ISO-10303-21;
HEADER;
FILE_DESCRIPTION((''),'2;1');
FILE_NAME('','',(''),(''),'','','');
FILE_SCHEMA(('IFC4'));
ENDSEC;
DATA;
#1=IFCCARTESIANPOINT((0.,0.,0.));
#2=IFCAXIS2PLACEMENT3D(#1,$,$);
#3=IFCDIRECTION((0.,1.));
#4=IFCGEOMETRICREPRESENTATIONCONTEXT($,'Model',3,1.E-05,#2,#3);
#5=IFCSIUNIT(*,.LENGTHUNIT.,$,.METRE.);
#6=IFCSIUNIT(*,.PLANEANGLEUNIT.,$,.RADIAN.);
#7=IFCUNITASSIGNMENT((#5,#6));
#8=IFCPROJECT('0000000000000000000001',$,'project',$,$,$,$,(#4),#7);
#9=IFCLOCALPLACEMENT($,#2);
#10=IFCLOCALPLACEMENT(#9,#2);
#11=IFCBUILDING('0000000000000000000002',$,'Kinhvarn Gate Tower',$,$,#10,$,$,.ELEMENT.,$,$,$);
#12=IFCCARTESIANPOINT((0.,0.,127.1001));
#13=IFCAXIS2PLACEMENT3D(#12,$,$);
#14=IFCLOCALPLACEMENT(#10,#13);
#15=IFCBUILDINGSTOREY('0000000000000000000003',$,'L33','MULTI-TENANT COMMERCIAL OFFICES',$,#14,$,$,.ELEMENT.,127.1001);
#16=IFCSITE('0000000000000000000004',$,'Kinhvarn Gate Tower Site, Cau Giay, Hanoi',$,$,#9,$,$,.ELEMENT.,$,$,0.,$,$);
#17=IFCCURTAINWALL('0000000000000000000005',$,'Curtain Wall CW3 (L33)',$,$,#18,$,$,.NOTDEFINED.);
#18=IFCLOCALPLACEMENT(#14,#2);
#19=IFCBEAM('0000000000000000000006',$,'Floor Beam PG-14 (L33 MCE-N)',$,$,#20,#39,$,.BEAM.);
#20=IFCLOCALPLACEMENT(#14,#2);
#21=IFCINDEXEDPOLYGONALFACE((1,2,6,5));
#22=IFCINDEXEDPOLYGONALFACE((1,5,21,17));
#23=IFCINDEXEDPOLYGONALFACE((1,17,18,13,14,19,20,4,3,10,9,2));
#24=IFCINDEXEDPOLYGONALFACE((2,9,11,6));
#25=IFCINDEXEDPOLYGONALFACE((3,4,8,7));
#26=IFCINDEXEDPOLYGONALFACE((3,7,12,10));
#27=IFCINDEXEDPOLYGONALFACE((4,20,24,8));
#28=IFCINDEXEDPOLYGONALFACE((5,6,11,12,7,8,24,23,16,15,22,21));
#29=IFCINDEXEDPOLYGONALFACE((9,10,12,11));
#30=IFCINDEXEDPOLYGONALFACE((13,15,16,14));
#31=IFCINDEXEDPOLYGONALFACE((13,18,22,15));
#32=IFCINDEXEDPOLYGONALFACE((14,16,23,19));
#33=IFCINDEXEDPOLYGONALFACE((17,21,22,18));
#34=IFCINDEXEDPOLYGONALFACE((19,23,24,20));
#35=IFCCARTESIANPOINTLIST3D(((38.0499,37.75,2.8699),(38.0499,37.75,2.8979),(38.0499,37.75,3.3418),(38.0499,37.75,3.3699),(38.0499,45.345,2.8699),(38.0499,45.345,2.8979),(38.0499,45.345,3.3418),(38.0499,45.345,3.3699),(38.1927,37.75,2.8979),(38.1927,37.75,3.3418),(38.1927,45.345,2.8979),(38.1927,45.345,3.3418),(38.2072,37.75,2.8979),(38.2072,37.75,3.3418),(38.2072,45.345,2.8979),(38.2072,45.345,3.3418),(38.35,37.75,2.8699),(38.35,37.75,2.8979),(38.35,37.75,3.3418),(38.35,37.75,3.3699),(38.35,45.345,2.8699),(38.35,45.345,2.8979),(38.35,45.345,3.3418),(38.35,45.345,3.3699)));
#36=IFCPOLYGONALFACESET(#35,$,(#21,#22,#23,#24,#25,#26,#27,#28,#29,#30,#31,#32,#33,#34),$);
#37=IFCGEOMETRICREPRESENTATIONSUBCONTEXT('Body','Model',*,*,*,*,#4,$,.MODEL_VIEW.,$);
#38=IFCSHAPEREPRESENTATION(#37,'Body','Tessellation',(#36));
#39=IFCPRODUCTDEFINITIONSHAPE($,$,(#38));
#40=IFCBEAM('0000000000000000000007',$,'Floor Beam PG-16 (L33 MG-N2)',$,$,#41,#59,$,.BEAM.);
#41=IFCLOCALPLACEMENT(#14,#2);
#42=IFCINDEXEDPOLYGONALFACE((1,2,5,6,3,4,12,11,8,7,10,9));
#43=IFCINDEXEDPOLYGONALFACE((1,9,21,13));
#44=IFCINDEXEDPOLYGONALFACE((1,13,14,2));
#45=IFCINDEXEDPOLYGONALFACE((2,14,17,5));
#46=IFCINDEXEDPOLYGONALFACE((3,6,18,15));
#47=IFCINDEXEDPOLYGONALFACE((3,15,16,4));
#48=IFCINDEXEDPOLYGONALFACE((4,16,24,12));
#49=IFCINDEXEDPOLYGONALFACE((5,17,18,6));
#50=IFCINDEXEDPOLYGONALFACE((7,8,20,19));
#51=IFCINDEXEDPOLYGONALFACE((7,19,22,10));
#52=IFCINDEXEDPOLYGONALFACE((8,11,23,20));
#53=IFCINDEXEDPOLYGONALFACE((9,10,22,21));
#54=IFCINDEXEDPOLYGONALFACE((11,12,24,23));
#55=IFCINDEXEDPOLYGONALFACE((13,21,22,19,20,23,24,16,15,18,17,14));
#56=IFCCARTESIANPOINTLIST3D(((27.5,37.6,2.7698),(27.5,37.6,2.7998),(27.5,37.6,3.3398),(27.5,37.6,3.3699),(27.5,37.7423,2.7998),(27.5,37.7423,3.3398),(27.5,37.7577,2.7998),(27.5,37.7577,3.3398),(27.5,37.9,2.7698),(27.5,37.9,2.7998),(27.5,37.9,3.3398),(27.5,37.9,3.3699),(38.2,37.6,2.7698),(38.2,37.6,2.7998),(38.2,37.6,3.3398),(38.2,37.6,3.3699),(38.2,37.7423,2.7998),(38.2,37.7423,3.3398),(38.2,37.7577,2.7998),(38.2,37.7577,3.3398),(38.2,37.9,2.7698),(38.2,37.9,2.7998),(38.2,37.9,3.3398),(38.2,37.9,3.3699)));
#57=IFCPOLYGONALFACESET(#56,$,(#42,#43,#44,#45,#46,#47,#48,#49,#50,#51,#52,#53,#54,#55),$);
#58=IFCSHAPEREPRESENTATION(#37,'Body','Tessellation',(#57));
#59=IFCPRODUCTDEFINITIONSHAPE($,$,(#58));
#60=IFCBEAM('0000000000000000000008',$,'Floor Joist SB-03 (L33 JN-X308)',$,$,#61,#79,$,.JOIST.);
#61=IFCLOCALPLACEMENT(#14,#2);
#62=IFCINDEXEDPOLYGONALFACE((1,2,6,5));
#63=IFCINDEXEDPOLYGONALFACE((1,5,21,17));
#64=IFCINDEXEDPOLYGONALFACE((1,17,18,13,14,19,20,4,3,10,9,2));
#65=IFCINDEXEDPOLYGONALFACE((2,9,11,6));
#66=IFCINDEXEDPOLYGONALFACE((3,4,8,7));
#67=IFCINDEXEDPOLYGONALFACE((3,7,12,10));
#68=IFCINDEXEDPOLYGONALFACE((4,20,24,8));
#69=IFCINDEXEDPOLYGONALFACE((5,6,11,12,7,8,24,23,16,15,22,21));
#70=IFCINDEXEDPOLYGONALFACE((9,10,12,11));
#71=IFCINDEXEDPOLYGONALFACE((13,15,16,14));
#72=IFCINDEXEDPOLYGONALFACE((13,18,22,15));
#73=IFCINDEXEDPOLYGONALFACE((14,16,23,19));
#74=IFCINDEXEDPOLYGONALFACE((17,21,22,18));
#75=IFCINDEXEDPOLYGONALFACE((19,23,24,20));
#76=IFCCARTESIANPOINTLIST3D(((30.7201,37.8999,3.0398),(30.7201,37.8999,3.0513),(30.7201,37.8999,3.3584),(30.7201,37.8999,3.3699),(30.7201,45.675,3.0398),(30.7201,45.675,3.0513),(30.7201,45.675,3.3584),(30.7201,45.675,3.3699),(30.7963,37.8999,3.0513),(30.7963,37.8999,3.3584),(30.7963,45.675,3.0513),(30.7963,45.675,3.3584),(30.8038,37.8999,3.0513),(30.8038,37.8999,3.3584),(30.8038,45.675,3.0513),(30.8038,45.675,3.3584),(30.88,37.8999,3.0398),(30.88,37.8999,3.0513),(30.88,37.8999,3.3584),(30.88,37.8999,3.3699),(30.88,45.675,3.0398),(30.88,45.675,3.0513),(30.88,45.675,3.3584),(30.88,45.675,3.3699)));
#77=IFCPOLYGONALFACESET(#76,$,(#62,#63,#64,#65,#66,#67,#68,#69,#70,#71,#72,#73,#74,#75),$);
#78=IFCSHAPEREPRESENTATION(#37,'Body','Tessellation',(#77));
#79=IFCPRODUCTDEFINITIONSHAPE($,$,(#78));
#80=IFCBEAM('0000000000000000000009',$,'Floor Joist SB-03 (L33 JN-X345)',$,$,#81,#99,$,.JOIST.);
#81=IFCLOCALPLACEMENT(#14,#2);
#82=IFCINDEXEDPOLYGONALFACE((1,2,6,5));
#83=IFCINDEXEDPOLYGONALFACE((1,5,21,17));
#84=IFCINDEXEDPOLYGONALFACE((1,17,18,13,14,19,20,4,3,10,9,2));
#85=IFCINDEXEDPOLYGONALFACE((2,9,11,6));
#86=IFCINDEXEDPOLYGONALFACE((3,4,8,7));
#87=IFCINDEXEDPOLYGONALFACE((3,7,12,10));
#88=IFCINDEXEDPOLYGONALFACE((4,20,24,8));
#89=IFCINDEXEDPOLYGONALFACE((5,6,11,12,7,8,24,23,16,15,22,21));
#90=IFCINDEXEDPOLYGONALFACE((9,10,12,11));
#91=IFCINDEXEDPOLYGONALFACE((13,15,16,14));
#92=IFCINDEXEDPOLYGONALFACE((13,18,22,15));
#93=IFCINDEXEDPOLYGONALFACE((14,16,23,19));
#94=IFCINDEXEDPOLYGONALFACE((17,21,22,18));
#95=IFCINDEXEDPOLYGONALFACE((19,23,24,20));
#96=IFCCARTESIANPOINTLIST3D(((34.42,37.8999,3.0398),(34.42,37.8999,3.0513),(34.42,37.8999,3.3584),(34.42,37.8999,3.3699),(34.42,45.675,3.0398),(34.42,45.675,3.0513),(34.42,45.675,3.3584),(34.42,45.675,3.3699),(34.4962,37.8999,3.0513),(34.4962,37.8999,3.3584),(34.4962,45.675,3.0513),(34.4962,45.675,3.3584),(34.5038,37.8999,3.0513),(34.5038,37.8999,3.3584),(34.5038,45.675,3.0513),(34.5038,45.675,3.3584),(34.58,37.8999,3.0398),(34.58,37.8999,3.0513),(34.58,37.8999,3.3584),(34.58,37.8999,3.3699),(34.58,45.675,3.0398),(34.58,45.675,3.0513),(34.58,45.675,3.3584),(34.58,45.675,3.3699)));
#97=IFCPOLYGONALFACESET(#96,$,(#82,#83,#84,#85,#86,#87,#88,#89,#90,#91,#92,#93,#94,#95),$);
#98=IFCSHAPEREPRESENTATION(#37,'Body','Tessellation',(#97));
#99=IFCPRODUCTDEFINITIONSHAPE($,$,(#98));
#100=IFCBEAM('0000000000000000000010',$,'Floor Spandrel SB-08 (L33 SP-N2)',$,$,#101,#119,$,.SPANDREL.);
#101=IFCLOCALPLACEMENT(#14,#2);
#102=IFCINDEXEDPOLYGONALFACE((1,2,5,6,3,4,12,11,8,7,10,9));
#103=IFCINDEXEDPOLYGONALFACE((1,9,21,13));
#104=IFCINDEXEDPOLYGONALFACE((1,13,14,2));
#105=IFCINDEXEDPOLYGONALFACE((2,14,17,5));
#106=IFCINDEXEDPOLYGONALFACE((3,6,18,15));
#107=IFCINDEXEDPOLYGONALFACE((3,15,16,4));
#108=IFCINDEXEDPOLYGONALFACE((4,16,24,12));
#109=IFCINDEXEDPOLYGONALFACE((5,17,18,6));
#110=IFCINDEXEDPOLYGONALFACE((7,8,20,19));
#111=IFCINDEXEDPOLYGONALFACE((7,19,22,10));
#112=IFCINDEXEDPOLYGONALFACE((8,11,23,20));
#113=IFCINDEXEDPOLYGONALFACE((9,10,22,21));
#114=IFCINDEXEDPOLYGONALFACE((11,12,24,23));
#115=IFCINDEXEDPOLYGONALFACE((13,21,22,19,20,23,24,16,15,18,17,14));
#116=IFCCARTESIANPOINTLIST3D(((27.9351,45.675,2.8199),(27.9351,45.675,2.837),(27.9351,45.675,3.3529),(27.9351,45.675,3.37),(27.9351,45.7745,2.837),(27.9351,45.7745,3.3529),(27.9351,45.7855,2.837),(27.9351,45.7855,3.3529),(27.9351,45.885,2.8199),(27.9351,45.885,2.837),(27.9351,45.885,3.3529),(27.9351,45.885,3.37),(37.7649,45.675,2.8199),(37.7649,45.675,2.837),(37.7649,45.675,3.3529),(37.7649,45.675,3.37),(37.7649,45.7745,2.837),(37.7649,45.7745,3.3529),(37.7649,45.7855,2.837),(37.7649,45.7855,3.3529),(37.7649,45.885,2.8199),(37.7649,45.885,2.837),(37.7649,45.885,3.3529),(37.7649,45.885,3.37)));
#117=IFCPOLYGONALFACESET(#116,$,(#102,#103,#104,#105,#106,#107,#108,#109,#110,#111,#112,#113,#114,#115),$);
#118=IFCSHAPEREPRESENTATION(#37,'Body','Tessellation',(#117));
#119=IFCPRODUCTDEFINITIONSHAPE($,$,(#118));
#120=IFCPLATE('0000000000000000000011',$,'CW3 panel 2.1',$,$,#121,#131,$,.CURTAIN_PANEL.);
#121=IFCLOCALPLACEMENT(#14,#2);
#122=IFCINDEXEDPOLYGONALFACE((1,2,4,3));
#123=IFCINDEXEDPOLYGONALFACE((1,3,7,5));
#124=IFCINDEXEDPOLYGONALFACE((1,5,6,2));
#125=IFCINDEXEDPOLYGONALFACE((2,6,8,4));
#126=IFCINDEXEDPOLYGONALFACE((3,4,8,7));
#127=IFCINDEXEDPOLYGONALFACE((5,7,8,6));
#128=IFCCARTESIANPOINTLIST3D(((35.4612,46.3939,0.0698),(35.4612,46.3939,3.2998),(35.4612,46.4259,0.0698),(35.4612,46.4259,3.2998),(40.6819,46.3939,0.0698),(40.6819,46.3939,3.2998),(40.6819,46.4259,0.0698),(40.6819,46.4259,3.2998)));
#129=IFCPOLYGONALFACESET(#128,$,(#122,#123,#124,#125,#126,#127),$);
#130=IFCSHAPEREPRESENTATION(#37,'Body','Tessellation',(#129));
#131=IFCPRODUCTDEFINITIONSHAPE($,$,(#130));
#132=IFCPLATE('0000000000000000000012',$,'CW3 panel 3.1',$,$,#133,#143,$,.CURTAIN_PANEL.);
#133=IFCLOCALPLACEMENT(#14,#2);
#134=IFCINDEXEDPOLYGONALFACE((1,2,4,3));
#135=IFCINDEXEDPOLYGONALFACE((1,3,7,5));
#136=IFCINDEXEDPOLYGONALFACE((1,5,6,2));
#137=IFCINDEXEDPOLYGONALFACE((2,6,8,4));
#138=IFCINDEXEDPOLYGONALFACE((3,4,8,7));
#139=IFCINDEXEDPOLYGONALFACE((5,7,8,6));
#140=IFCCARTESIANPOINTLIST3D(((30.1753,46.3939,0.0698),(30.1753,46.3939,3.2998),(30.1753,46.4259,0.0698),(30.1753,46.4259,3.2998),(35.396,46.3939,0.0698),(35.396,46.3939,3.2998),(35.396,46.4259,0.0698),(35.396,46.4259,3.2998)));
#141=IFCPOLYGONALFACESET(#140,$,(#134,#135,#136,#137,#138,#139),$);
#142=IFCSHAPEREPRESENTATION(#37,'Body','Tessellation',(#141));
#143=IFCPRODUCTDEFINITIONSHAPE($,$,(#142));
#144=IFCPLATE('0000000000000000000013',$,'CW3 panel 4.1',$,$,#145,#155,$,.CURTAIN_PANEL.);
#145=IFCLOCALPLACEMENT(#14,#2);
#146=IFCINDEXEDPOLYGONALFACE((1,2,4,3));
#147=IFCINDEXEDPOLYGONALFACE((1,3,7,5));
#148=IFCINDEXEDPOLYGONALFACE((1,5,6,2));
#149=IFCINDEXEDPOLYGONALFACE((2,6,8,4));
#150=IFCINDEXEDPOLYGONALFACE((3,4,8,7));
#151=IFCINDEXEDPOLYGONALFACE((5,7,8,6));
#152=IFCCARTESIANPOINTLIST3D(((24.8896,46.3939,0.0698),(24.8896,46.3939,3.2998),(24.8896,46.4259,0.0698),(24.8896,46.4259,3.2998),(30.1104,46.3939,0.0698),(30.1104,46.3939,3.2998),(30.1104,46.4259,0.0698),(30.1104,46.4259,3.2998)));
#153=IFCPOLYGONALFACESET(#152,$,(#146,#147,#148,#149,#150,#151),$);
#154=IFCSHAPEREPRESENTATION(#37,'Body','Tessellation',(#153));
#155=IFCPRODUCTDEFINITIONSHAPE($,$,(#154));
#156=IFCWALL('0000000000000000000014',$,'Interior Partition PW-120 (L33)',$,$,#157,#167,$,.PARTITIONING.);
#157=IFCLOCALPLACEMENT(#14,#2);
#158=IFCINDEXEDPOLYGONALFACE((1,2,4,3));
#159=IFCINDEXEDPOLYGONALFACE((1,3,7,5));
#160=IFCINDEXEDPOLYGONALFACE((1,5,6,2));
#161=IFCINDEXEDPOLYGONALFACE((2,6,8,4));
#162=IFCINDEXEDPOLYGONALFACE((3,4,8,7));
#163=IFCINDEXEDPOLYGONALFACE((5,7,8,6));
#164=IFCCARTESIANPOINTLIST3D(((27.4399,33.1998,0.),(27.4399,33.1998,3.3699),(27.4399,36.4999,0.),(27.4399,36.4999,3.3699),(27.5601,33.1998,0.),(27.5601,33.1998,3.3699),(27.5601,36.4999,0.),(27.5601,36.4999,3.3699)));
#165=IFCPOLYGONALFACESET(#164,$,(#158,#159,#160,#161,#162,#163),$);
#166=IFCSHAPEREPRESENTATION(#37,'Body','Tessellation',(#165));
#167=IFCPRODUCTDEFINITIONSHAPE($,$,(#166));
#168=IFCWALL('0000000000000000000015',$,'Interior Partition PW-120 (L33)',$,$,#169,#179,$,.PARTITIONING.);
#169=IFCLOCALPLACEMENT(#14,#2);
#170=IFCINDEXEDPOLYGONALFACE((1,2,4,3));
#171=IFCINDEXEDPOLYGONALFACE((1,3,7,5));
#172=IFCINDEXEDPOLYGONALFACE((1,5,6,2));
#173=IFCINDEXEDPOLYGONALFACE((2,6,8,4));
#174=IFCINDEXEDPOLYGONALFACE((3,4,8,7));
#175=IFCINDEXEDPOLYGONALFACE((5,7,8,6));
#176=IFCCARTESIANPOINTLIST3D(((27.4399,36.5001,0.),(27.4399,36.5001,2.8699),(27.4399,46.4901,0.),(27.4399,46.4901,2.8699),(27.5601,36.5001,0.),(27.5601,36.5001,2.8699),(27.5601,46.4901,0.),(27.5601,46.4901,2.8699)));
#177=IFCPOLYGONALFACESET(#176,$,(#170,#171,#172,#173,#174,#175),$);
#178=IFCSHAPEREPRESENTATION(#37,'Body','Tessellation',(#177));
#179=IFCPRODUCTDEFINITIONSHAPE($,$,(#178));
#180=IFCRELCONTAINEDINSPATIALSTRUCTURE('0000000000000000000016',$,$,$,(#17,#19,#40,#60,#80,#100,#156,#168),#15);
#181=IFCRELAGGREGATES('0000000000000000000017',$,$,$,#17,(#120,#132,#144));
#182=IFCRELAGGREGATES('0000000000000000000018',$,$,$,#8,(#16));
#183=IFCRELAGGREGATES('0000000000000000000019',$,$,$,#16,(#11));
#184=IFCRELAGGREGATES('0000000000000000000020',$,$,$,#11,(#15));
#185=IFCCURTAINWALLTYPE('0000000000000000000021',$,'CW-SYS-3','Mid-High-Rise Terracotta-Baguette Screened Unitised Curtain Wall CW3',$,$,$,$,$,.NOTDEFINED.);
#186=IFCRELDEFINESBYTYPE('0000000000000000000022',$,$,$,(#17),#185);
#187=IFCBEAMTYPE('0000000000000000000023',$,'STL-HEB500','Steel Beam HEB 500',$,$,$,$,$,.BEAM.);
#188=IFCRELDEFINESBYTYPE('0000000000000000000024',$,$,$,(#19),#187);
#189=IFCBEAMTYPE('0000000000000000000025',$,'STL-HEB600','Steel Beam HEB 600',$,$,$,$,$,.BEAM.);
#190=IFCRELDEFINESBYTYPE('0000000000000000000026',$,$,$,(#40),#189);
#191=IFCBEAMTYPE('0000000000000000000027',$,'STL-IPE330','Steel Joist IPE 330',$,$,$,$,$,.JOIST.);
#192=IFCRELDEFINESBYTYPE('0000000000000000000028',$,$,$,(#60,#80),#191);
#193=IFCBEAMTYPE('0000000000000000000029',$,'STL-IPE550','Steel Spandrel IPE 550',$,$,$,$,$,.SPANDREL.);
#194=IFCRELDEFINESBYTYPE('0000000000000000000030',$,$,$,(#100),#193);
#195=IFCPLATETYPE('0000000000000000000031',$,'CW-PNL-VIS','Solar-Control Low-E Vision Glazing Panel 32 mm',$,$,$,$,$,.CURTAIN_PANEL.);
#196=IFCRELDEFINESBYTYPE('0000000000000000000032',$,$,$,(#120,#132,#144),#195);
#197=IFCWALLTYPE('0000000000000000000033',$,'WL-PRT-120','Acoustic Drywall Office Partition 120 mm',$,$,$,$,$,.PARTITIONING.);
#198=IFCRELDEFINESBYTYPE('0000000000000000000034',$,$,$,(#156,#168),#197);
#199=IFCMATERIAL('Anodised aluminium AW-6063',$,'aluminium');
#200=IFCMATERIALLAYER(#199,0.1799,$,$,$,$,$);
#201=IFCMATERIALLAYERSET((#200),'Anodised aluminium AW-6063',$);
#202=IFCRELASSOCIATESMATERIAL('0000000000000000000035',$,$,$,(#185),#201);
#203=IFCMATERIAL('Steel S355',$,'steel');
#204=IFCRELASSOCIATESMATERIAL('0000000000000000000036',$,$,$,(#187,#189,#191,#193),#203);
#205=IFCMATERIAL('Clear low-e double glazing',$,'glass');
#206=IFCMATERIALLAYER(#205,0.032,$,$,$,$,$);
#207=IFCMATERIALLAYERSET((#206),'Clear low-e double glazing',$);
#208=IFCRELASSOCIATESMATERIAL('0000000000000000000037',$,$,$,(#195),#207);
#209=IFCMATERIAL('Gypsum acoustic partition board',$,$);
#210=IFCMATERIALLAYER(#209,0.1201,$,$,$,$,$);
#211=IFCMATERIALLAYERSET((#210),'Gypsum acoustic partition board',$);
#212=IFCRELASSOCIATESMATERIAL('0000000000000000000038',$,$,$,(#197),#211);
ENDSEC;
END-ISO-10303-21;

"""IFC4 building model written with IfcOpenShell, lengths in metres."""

from ifc_helpers import new_model, si_unit, direction, frame, frame_2d, origin, origin_2d, place, context, subcontext, project, spatial, rectangle, i_section, extrude, material, layer, layer_set, material_profile, profile_set, type_object, element, aggregate, save


model = new_model("IFC4")

# Units and contexts
model_context = context("Model", 3, precision=1e-05, world=origin(), true_north=direction((0.0, 1.0)))
body_context = subcontext(model_context, "Body", "Model", "MODEL_VIEW")
ifc_project = project(units=[si_unit("LENGTHUNIT", "METRE"), si_unit("PLANEANGLEUNIT", "RADIAN")], contexts=[model_context])

# Site, building, storey
site_placement = place(None, origin())
site = spatial("IfcSite", under=ifc_project, at=site_placement, Name="Kinhvarn Gate Tower Site, Cau Giay, Hanoi", CompositionType="ELEMENT", RefElevation=0.0)
building_placement = place(site_placement, origin())
building = spatial("IfcBuilding", under=site, at=building_placement, Name="Kinhvarn Gate Tower", CompositionType="ELEMENT")
storey_placement = place(building_placement, frame((0.0, 0.0, 127.1001)))
storey = spatial("IfcBuildingStorey", under=building, at=storey_placement, Name="L33", Description="MULTI-TENANT COMMERCIAL OFFICES", CompositionType="ELEMENT", Elevation=127.1001)

# Curtain wall
ifc_material_1 = material(Name="Anodised aluminium AW-6063", Category="aluminium")
ifc_layer_1 = layer(ifc_material_1, 0.1799)
ifc_layer_set_1 = layer_set([ifc_layer_1], Name="Anodised aluminium AW-6063")
curtain_wall_type = type_object("IfcCurtainWallType", Name="CW-SYS-3", Description="Mid-High-Rise Terracotta-Baguette Screened Unitised Curtain Wall CW3", PredefinedType="NOTDEFINED", material=ifc_layer_set_1)
curtain_wall_placement = place(storey_placement, origin())
curtain_wall = element("IfcCurtainWall", 1, at=curtain_wall_placement, inside=storey, type_object=curtain_wall_type, Name="Curtain Wall CW3 (L33)", PredefinedType="NOTDEFINED")

# Beams
ifc_material_2 = material(Name="Steel S355", Category="steel")
ifc_material_profile_1 = material_profile(ifc_material_2, i_section(OverallWidth=0.3, OverallDepth=0.5, WebThickness=0.0144, FlangeThickness=0.0281, at=origin_2d()), Name="HEB 500")
ifc_profile_set_1 = profile_set([ifc_material_profile_1], Name="Steel S355")
beam_type_1 = type_object("IfcBeamType", Name="STL-HEB500", Description="Steel Beam HEB 500", PredefinedType="BEAM", material=ifc_profile_set_1)
for number, where, z_axis, x_axis, name in (
    (2, (38.2, 37.75, 3.1199), (0.0, 1.0, 0.0), (-1.0, 0.0, 0.0), "Floor Beam PG-14 (L33 MCE-N)"),
):
    element("IfcBeam", number, at=place(storey_placement, frame(where, z_axis=z_axis, x_axis=x_axis)), inside=storey, type_object=beam_type_1, Name=name, PredefinedType="BEAM", context=body_context, shape_type="SweptSolid", body=[
        extrude(i_section(OverallWidth=0.3, OverallDepth=0.5, WebThickness=0.0144, FlangeThickness=0.0281, at=origin_2d()), origin(), (0.0, 0.0, 1.0), 7.595),
    ])
ifc_material_profile_2 = material_profile(ifc_material_2, i_section(OverallWidth=0.3, OverallDepth=0.6001, WebThickness=0.0154, FlangeThickness=0.03, at=origin_2d()), Name="HEB 600")
ifc_profile_set_2 = profile_set([ifc_material_profile_2], Name="Steel S355")
beam_type_2 = type_object("IfcBeamType", Name="STL-HEB600", Description="Steel Beam HEB 600", PredefinedType="BEAM", material=ifc_profile_set_2)
beam_1_placement = place(storey_placement, frame((27.5, 37.75, 3.0698), z_axis=(1.0, 0.0, 0.0), x_axis=(0.0, 1.0, 0.0)))
element("IfcBeam", 3, at=beam_1_placement, inside=storey, type_object=beam_type_2, Name="Floor Beam PG-16 (L33 MG-N2)", PredefinedType="BEAM", context=body_context, shape_type="SweptSolid", body=[
    extrude(i_section(OverallWidth=0.3, OverallDepth=0.6001, WebThickness=0.0154, FlangeThickness=0.03, at=origin_2d()), origin(), (0.0, 0.0, 1.0), 10.7),
])
ifc_material_profile_3 = material_profile(ifc_material_2, i_section(OverallWidth=0.1599, OverallDepth=0.3301, WebThickness=0.0076, FlangeThickness=0.0115, at=origin_2d()), Name="IPE 330")
ifc_profile_set_3 = profile_set([ifc_material_profile_3], Name="Steel S355")
beam_type_3 = type_object("IfcBeamType", Name="STL-IPE330", Description="Steel Joist IPE 330", PredefinedType="JOIST", material=ifc_profile_set_3)
for number, where, z_axis, x_axis, name in (
    (4, (30.8, 37.8999, 3.2048), (0.0, 1.0, 0.0), (-1.0, 0.0, 0.0), "Floor Joist SB-03 (L33 JN-X308)"),
    (5, (34.5, 37.8999, 3.2048), (0.0, 1.0, 0.0), (-1.0, 0.0, 0.0), "Floor Joist SB-03 (L33 JN-X345)"),
):
    element("IfcBeam", number, at=place(storey_placement, frame(where, z_axis=z_axis, x_axis=x_axis)), inside=storey, type_object=beam_type_3, Name=name, PredefinedType="JOIST", context=body_context, shape_type="SweptSolid", body=[
        extrude(i_section(OverallWidth=0.1599, OverallDepth=0.3301, WebThickness=0.0076, FlangeThickness=0.0115, at=origin_2d()), origin(), (0.0, 0.0, 1.0), 7.7751),
    ])
ifc_material_profile_4 = material_profile(ifc_material_2, i_section(OverallWidth=0.21, OverallDepth=0.55, WebThickness=0.011, FlangeThickness=0.0171, at=origin_2d()), Name="IPE 550")
ifc_profile_set_4 = profile_set([ifc_material_profile_4], Name="Steel S355")
beam_type_4 = type_object("IfcBeamType", Name="STL-IPE550", Description="Steel Spandrel IPE 550", PredefinedType="SPANDREL", material=ifc_profile_set_4)
beam_2_placement = place(storey_placement, frame((27.9351, 45.78, 3.095), z_axis=(1.0, 0.0, 0.0), x_axis=(0.0, 1.0, 0.0)))
element("IfcBeam", 6, at=beam_2_placement, inside=storey, type_object=beam_type_4, Name="Floor Spandrel SB-08 (L33 SP-N2)", PredefinedType="SPANDREL", context=body_context, shape_type="SweptSolid", body=[
    extrude(i_section(OverallWidth=0.21, OverallDepth=0.55, WebThickness=0.011, FlangeThickness=0.0171, at=origin_2d()), origin(), (0.0, 0.0, 1.0), 9.8298),
])

# Plates
ifc_material_3 = material(Name="Clear low-e double glazing", Category="glass")
ifc_layer_2 = layer(ifc_material_3, 0.032)
ifc_layer_set_2 = layer_set([ifc_layer_2], Name="Clear low-e double glazing")
plate_type = type_object("IfcPlateType", Name="CW-PNL-VIS", Description="Solar-Control Low-E Vision Glazing Panel 32 mm", PredefinedType="CURTAIN_PANEL", material=ifc_layer_set_2)
plate_1_placement = place(storey_placement, frame((38.0715, 46.4099, 0.0698), z_axis=(0.0, 0.0, 1.0), x_axis=(-1.0, 0.0, 0.0)))
plate_1 = element("IfcPlate", 7, at=plate_1_placement, type_object=plate_type, Name="CW3 panel 2.1", PredefinedType="CURTAIN_PANEL", context=body_context, shape_type="SweptSolid", body=[
    extrude(rectangle(XDim=5.2207, YDim=0.032, at=origin_2d()), origin(), (0.0, 0.0, 1.0), 3.23),
])
plate_2_placement = place(storey_placement, frame((32.7856, 46.4099, 0.0698), z_axis=(0.0, 0.0, 1.0), x_axis=(-1.0, 0.0, 0.0)))
plate_2 = element("IfcPlate", 8, at=plate_2_placement, type_object=plate_type, Name="CW3 panel 3.1", PredefinedType="CURTAIN_PANEL", context=body_context, shape_type="SweptSolid", body=[
    extrude(rectangle(XDim=5.2207, YDim=0.032, at=origin_2d()), origin(), (0.0, 0.0, 1.0), 3.23),
])
plate_3_placement = place(storey_placement, frame((27.5, 46.4099, 0.0698), z_axis=(0.0, 0.0, 1.0), x_axis=(-1.0, 0.0, 0.0)))
plate_3 = element("IfcPlate", 9, at=plate_3_placement, type_object=plate_type, Name="CW3 panel 4.1", PredefinedType="CURTAIN_PANEL", context=body_context, shape_type="SweptSolid", body=[
    extrude(rectangle(XDim=5.2207, YDim=0.032, at=origin_2d()), origin(), (0.0, 0.0, 1.0), 3.23),
])
aggregate(curtain_wall, [plate_1, plate_2, plate_3])

# Walls
ifc_material_4 = material(Name="Gypsum acoustic partition board")
ifc_layer_3 = layer(ifc_material_4, 0.1201)
ifc_layer_set_3 = layer_set([ifc_layer_3], Name="Gypsum acoustic partition board")
wall_type = type_object("IfcWallType", Name="WL-PRT-120", Description="Acoustic Drywall Office Partition 120 mm", PredefinedType="PARTITIONING", material=ifc_layer_set_3)
wall_1_placement = place(storey_placement, frame((27.5, 33.2, 0.0), z_axis=(0.0, 0.0, 1.0), x_axis=(0.0, 1.0, 0.0)))
element("IfcWall", 10, at=wall_1_placement, inside=storey, type_object=wall_type, Name="Interior Partition PW-120 (L33)", PredefinedType="PARTITIONING", context=body_context, shape_type="SweptSolid", body=[
    extrude(rectangle(XDim=3.3, YDim=0.1201, at=frame_2d((1.6499, 0.0))), origin(), (0.0, 0.0, 1.0), 3.3699),
])
wall_2_placement = place(storey_placement, frame((27.5, 36.5, 0.0), z_axis=(0.0, 0.0, 1.0), x_axis=(0.0, 1.0, 0.0)))
element("IfcWall", 11, at=wall_2_placement, inside=storey, type_object=wall_type, Name="Interior Partition PW-120 (L33)", PredefinedType="PARTITIONING", context=body_context, shape_type="SweptSolid", body=[
    extrude(rectangle(XDim=9.99, YDim=0.1201, at=frame_2d((4.9951, 0.0))), origin(), (0.0, 0.0, 1.0), 2.8699),
])

save(model, "model.ifc")
